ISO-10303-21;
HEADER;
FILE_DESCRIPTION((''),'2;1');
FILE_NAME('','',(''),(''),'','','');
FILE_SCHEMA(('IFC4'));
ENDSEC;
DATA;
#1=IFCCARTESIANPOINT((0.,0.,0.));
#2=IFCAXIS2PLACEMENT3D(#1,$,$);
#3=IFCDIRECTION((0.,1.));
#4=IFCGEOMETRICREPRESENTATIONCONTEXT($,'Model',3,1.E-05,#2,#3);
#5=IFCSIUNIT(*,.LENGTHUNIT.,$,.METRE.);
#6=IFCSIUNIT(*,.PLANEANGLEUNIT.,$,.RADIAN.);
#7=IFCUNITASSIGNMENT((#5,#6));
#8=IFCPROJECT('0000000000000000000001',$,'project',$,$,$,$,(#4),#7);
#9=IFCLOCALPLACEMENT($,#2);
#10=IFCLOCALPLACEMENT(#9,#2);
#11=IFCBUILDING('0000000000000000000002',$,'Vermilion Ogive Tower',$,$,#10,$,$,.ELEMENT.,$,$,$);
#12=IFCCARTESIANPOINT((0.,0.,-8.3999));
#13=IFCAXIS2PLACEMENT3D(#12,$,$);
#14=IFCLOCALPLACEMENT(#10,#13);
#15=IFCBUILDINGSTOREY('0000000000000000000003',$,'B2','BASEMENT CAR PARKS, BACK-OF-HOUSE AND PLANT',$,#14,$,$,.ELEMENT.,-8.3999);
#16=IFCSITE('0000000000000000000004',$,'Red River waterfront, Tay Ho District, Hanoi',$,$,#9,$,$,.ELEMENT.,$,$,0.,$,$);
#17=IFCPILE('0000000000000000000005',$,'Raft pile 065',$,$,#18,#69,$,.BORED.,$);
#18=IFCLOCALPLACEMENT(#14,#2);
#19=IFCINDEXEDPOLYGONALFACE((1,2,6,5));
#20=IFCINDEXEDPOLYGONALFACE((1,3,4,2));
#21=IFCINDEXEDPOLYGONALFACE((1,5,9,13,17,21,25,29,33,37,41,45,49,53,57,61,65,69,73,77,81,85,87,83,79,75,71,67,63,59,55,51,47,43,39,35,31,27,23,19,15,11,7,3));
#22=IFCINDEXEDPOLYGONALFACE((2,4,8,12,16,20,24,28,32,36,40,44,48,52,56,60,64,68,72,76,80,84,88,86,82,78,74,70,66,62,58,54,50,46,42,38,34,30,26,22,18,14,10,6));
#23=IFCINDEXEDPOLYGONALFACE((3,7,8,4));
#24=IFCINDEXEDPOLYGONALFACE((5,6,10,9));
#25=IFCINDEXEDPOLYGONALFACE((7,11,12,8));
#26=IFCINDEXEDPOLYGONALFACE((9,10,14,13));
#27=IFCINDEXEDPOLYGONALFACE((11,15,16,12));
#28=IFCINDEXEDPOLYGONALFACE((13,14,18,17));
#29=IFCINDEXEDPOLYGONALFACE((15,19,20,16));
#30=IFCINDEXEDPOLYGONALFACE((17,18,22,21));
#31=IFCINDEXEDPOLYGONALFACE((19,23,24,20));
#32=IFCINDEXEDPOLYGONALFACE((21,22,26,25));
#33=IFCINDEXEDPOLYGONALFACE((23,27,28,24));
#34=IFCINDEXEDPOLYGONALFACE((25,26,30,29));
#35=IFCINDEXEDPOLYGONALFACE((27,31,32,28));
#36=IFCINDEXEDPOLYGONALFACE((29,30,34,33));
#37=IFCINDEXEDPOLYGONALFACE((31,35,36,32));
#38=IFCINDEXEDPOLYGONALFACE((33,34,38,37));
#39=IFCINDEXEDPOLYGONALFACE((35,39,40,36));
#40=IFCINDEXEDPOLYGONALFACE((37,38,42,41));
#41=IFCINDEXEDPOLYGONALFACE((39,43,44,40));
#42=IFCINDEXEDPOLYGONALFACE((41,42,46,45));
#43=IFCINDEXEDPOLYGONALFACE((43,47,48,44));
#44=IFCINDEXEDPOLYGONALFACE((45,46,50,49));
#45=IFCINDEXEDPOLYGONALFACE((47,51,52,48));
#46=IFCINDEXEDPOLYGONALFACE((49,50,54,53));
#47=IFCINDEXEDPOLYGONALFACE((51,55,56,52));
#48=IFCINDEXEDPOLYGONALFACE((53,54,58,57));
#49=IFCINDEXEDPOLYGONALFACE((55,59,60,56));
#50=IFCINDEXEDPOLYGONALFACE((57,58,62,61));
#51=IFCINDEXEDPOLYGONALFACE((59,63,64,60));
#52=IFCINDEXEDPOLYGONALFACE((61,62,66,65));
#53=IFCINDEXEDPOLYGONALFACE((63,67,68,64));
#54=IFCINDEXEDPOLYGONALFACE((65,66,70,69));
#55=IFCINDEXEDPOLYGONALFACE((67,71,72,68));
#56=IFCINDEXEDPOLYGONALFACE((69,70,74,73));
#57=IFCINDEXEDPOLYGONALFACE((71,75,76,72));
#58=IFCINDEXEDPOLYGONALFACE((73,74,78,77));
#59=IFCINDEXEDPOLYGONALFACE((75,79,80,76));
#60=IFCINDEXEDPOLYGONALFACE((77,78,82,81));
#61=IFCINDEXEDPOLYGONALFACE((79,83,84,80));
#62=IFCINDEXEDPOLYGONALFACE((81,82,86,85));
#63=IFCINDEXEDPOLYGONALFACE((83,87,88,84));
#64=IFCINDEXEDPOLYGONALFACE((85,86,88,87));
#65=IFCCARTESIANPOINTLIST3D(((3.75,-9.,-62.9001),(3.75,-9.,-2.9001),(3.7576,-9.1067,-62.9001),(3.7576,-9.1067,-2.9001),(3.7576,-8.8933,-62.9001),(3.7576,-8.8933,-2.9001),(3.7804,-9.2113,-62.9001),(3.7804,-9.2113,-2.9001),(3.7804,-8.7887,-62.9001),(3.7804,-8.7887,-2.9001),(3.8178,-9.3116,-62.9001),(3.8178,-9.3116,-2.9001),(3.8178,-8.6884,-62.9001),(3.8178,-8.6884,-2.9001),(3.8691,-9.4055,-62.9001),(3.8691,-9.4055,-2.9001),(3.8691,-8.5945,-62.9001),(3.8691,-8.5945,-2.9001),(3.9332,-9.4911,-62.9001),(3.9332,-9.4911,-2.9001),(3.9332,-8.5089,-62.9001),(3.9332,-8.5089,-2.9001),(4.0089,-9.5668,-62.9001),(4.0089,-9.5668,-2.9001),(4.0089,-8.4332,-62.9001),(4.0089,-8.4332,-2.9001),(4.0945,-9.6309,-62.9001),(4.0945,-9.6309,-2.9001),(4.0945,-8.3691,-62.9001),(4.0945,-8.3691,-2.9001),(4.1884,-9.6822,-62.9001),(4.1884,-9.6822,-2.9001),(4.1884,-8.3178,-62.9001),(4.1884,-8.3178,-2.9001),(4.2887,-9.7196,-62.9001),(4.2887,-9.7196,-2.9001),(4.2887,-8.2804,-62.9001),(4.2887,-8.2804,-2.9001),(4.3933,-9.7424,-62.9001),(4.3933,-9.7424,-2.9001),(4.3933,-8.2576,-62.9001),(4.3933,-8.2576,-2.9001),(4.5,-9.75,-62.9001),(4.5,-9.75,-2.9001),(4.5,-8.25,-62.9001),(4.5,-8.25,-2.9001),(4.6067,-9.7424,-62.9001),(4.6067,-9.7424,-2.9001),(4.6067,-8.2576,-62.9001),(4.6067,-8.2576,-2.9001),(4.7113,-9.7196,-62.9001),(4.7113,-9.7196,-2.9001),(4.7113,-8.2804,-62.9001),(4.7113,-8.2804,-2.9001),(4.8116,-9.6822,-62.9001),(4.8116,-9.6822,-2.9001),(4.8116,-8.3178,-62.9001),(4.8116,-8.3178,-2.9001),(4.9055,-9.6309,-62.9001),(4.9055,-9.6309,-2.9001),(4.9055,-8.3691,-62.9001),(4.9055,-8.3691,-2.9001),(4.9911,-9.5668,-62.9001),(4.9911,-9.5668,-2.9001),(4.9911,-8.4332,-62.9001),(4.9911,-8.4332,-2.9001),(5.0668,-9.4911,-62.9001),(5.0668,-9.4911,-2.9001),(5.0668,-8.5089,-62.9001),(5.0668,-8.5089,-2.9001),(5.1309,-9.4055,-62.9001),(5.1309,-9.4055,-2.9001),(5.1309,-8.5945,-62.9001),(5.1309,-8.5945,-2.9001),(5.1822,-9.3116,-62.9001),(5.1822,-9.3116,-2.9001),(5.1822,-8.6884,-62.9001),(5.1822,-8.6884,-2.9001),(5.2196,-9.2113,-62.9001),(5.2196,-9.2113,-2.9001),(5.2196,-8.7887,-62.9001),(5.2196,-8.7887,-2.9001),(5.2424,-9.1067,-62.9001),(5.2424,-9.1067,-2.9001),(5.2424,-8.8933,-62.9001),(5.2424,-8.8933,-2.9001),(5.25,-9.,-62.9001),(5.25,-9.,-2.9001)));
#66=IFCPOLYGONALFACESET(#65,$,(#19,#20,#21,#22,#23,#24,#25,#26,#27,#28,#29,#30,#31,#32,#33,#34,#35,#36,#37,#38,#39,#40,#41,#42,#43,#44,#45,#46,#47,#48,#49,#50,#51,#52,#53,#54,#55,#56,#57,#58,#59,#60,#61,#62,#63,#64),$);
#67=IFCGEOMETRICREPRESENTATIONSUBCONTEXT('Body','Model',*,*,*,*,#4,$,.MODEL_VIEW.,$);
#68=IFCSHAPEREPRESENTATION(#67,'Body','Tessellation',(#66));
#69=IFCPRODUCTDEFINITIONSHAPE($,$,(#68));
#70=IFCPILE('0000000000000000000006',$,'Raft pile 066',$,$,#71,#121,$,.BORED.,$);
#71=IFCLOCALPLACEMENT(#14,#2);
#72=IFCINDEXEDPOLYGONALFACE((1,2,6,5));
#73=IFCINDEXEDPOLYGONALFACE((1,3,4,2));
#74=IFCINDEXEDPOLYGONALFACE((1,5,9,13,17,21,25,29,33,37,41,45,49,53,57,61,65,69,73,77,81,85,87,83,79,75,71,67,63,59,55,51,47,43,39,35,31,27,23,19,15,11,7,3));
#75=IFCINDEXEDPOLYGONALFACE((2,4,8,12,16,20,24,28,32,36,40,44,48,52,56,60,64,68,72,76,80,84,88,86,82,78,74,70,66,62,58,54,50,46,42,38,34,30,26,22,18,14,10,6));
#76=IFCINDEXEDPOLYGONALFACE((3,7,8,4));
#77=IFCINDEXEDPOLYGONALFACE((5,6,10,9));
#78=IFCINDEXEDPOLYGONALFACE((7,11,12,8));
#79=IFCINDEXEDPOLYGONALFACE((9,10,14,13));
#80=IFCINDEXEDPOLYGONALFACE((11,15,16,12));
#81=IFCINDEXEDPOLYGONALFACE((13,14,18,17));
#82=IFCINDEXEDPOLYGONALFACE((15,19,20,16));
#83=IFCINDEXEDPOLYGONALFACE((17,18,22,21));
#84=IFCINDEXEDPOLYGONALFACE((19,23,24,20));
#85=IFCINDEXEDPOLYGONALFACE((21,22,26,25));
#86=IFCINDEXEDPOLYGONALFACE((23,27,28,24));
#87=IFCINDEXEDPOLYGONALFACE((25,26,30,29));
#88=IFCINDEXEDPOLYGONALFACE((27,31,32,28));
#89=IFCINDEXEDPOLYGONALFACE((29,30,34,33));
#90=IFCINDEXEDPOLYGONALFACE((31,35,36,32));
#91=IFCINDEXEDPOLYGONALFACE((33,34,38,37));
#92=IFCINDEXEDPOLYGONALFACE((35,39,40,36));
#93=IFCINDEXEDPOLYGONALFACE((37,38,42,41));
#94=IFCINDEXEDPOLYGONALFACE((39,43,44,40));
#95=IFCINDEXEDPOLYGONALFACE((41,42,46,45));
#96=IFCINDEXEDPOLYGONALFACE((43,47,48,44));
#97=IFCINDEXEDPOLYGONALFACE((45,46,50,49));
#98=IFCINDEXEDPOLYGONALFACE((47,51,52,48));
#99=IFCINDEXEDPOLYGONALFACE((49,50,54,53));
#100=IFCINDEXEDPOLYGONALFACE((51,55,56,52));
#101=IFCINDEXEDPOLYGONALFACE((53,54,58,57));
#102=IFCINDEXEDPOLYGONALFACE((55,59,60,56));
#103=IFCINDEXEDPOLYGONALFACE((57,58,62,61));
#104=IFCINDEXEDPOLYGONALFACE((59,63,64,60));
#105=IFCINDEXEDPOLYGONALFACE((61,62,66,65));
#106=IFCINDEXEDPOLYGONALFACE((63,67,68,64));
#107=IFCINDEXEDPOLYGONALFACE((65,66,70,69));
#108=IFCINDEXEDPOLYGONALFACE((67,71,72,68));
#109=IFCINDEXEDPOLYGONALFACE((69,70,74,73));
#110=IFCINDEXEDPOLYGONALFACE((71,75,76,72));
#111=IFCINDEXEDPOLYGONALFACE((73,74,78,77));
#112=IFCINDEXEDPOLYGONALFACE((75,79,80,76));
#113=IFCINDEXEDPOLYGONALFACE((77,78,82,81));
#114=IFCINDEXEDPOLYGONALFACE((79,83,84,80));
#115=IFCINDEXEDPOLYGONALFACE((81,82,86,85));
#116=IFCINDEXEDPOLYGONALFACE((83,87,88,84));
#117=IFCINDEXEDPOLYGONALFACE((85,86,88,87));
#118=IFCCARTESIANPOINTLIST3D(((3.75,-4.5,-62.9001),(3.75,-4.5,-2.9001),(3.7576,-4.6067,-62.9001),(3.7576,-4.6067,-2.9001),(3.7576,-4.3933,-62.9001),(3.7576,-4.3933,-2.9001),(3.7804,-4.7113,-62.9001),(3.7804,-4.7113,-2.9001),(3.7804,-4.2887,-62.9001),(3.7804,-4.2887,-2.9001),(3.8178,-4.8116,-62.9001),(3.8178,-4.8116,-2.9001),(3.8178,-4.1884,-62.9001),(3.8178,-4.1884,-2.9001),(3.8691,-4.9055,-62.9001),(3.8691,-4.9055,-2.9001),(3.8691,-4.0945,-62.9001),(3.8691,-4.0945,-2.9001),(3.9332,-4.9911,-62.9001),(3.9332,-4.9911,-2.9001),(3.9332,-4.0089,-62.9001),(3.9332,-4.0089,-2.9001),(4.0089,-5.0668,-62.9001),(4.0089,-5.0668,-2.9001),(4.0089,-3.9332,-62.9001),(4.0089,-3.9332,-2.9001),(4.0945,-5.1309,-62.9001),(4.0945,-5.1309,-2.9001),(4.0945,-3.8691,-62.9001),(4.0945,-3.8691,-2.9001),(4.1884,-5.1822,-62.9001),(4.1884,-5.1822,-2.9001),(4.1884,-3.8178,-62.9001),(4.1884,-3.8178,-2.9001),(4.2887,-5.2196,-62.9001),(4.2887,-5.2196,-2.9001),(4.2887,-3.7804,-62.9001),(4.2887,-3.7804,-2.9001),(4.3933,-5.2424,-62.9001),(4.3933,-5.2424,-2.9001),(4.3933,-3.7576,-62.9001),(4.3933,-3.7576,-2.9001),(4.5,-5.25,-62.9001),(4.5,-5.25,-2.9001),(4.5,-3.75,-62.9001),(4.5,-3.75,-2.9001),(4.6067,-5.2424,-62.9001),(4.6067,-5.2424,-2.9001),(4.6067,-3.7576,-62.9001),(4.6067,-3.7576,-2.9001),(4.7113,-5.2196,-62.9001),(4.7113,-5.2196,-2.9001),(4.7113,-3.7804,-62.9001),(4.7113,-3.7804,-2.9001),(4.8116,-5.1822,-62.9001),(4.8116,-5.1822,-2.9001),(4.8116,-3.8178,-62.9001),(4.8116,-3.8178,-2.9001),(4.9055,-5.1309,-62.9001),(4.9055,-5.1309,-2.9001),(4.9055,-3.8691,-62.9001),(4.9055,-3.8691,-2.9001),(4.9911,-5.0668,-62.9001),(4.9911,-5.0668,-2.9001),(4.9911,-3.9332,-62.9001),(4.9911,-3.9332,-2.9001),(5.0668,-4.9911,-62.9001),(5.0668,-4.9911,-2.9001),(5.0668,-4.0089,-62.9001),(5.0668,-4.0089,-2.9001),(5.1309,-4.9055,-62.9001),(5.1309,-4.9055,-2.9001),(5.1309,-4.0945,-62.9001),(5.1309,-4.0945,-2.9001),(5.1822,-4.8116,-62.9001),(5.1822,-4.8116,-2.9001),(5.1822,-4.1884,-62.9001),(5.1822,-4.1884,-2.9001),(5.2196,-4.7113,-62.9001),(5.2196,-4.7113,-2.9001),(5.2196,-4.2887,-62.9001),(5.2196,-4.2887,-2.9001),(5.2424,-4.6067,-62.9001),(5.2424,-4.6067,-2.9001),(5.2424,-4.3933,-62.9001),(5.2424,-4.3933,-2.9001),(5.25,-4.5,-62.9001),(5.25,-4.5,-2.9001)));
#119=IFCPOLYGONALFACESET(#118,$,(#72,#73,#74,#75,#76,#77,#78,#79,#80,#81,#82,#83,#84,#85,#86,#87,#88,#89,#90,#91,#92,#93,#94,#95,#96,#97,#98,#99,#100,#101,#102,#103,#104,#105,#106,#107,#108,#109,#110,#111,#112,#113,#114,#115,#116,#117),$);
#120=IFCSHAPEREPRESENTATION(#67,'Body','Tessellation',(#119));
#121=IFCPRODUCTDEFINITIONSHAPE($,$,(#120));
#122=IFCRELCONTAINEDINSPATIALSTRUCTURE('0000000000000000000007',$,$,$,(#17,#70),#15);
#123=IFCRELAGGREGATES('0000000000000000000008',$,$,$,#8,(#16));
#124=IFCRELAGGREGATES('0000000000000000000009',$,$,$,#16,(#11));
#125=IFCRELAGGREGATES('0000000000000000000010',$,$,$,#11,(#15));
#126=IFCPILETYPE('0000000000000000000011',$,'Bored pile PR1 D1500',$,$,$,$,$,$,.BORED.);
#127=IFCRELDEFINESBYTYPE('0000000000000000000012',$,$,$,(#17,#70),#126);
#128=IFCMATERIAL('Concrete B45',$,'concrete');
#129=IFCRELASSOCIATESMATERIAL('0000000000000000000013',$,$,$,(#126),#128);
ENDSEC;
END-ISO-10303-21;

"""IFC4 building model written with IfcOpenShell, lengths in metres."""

from ifc_helpers import new_model, si_unit, direction, frame, origin, origin_2d, place, context, subcontext, project, spatial, circle, extrude, material, type_object, element, save


model = new_model("IFC4")

# Units and contexts
model_context = context("Model", 3, precision=1e-05, world=origin(), true_north=direction((0.0, 1.0)))
body_context = subcontext(model_context, "Body", "Model", "MODEL_VIEW")
ifc_project = project(units=[si_unit("LENGTHUNIT", "METRE"), si_unit("PLANEANGLEUNIT", "RADIAN")], contexts=[model_context])

# Site, building, storey
site_placement = place(None, origin())
site = spatial("IfcSite", under=ifc_project, at=site_placement, Name="Red River waterfront, Tay Ho District, Hanoi", CompositionType="ELEMENT", RefElevation=0.0)
building_placement = place(site_placement, origin())
building = spatial("IfcBuilding", under=site, at=building_placement, Name="Vermilion Ogive Tower", CompositionType="ELEMENT")
storey_placement = place(building_placement, frame((0.0, 0.0, -8.3999)))
storey = spatial("IfcBuildingStorey", under=building, at=storey_placement, Name="B2", Description="BASEMENT CAR PARKS, BACK-OF-HOUSE AND PLANT", CompositionType="ELEMENT", Elevation=-8.3999)

# Piles
ifc_material_1 = material(Name="Concrete B45", Category="concrete")
pile_type = type_object("IfcPileType", Name="Bored pile PR1 D1500", PredefinedType="BORED", material=ifc_material_1)
for number, where, z_axis, x_axis, name in (
    (1, (4.5, -9.0, -2.9001), (0.0, 0.0, -1.0), (1.0, 0.0, 0.0), "Raft pile 065"),
    (2, (4.5, -4.5, -2.9001), (0.0, 0.0, -1.0), (1.0, 0.0, 0.0), "Raft pile 066"),
):
    element("IfcPile", number, at=place(storey_placement, frame(where, z_axis=z_axis, x_axis=x_axis)), inside=storey, type_object=pile_type, Name=name, PredefinedType="BORED", context=body_context, shape_type="SweptSolid", body=[
        extrude(circle(Radius=0.75, at=origin_2d()), origin(), (0.0, 0.0, 1.0), 60.0),
    ])

save(model, "model.ifc")
